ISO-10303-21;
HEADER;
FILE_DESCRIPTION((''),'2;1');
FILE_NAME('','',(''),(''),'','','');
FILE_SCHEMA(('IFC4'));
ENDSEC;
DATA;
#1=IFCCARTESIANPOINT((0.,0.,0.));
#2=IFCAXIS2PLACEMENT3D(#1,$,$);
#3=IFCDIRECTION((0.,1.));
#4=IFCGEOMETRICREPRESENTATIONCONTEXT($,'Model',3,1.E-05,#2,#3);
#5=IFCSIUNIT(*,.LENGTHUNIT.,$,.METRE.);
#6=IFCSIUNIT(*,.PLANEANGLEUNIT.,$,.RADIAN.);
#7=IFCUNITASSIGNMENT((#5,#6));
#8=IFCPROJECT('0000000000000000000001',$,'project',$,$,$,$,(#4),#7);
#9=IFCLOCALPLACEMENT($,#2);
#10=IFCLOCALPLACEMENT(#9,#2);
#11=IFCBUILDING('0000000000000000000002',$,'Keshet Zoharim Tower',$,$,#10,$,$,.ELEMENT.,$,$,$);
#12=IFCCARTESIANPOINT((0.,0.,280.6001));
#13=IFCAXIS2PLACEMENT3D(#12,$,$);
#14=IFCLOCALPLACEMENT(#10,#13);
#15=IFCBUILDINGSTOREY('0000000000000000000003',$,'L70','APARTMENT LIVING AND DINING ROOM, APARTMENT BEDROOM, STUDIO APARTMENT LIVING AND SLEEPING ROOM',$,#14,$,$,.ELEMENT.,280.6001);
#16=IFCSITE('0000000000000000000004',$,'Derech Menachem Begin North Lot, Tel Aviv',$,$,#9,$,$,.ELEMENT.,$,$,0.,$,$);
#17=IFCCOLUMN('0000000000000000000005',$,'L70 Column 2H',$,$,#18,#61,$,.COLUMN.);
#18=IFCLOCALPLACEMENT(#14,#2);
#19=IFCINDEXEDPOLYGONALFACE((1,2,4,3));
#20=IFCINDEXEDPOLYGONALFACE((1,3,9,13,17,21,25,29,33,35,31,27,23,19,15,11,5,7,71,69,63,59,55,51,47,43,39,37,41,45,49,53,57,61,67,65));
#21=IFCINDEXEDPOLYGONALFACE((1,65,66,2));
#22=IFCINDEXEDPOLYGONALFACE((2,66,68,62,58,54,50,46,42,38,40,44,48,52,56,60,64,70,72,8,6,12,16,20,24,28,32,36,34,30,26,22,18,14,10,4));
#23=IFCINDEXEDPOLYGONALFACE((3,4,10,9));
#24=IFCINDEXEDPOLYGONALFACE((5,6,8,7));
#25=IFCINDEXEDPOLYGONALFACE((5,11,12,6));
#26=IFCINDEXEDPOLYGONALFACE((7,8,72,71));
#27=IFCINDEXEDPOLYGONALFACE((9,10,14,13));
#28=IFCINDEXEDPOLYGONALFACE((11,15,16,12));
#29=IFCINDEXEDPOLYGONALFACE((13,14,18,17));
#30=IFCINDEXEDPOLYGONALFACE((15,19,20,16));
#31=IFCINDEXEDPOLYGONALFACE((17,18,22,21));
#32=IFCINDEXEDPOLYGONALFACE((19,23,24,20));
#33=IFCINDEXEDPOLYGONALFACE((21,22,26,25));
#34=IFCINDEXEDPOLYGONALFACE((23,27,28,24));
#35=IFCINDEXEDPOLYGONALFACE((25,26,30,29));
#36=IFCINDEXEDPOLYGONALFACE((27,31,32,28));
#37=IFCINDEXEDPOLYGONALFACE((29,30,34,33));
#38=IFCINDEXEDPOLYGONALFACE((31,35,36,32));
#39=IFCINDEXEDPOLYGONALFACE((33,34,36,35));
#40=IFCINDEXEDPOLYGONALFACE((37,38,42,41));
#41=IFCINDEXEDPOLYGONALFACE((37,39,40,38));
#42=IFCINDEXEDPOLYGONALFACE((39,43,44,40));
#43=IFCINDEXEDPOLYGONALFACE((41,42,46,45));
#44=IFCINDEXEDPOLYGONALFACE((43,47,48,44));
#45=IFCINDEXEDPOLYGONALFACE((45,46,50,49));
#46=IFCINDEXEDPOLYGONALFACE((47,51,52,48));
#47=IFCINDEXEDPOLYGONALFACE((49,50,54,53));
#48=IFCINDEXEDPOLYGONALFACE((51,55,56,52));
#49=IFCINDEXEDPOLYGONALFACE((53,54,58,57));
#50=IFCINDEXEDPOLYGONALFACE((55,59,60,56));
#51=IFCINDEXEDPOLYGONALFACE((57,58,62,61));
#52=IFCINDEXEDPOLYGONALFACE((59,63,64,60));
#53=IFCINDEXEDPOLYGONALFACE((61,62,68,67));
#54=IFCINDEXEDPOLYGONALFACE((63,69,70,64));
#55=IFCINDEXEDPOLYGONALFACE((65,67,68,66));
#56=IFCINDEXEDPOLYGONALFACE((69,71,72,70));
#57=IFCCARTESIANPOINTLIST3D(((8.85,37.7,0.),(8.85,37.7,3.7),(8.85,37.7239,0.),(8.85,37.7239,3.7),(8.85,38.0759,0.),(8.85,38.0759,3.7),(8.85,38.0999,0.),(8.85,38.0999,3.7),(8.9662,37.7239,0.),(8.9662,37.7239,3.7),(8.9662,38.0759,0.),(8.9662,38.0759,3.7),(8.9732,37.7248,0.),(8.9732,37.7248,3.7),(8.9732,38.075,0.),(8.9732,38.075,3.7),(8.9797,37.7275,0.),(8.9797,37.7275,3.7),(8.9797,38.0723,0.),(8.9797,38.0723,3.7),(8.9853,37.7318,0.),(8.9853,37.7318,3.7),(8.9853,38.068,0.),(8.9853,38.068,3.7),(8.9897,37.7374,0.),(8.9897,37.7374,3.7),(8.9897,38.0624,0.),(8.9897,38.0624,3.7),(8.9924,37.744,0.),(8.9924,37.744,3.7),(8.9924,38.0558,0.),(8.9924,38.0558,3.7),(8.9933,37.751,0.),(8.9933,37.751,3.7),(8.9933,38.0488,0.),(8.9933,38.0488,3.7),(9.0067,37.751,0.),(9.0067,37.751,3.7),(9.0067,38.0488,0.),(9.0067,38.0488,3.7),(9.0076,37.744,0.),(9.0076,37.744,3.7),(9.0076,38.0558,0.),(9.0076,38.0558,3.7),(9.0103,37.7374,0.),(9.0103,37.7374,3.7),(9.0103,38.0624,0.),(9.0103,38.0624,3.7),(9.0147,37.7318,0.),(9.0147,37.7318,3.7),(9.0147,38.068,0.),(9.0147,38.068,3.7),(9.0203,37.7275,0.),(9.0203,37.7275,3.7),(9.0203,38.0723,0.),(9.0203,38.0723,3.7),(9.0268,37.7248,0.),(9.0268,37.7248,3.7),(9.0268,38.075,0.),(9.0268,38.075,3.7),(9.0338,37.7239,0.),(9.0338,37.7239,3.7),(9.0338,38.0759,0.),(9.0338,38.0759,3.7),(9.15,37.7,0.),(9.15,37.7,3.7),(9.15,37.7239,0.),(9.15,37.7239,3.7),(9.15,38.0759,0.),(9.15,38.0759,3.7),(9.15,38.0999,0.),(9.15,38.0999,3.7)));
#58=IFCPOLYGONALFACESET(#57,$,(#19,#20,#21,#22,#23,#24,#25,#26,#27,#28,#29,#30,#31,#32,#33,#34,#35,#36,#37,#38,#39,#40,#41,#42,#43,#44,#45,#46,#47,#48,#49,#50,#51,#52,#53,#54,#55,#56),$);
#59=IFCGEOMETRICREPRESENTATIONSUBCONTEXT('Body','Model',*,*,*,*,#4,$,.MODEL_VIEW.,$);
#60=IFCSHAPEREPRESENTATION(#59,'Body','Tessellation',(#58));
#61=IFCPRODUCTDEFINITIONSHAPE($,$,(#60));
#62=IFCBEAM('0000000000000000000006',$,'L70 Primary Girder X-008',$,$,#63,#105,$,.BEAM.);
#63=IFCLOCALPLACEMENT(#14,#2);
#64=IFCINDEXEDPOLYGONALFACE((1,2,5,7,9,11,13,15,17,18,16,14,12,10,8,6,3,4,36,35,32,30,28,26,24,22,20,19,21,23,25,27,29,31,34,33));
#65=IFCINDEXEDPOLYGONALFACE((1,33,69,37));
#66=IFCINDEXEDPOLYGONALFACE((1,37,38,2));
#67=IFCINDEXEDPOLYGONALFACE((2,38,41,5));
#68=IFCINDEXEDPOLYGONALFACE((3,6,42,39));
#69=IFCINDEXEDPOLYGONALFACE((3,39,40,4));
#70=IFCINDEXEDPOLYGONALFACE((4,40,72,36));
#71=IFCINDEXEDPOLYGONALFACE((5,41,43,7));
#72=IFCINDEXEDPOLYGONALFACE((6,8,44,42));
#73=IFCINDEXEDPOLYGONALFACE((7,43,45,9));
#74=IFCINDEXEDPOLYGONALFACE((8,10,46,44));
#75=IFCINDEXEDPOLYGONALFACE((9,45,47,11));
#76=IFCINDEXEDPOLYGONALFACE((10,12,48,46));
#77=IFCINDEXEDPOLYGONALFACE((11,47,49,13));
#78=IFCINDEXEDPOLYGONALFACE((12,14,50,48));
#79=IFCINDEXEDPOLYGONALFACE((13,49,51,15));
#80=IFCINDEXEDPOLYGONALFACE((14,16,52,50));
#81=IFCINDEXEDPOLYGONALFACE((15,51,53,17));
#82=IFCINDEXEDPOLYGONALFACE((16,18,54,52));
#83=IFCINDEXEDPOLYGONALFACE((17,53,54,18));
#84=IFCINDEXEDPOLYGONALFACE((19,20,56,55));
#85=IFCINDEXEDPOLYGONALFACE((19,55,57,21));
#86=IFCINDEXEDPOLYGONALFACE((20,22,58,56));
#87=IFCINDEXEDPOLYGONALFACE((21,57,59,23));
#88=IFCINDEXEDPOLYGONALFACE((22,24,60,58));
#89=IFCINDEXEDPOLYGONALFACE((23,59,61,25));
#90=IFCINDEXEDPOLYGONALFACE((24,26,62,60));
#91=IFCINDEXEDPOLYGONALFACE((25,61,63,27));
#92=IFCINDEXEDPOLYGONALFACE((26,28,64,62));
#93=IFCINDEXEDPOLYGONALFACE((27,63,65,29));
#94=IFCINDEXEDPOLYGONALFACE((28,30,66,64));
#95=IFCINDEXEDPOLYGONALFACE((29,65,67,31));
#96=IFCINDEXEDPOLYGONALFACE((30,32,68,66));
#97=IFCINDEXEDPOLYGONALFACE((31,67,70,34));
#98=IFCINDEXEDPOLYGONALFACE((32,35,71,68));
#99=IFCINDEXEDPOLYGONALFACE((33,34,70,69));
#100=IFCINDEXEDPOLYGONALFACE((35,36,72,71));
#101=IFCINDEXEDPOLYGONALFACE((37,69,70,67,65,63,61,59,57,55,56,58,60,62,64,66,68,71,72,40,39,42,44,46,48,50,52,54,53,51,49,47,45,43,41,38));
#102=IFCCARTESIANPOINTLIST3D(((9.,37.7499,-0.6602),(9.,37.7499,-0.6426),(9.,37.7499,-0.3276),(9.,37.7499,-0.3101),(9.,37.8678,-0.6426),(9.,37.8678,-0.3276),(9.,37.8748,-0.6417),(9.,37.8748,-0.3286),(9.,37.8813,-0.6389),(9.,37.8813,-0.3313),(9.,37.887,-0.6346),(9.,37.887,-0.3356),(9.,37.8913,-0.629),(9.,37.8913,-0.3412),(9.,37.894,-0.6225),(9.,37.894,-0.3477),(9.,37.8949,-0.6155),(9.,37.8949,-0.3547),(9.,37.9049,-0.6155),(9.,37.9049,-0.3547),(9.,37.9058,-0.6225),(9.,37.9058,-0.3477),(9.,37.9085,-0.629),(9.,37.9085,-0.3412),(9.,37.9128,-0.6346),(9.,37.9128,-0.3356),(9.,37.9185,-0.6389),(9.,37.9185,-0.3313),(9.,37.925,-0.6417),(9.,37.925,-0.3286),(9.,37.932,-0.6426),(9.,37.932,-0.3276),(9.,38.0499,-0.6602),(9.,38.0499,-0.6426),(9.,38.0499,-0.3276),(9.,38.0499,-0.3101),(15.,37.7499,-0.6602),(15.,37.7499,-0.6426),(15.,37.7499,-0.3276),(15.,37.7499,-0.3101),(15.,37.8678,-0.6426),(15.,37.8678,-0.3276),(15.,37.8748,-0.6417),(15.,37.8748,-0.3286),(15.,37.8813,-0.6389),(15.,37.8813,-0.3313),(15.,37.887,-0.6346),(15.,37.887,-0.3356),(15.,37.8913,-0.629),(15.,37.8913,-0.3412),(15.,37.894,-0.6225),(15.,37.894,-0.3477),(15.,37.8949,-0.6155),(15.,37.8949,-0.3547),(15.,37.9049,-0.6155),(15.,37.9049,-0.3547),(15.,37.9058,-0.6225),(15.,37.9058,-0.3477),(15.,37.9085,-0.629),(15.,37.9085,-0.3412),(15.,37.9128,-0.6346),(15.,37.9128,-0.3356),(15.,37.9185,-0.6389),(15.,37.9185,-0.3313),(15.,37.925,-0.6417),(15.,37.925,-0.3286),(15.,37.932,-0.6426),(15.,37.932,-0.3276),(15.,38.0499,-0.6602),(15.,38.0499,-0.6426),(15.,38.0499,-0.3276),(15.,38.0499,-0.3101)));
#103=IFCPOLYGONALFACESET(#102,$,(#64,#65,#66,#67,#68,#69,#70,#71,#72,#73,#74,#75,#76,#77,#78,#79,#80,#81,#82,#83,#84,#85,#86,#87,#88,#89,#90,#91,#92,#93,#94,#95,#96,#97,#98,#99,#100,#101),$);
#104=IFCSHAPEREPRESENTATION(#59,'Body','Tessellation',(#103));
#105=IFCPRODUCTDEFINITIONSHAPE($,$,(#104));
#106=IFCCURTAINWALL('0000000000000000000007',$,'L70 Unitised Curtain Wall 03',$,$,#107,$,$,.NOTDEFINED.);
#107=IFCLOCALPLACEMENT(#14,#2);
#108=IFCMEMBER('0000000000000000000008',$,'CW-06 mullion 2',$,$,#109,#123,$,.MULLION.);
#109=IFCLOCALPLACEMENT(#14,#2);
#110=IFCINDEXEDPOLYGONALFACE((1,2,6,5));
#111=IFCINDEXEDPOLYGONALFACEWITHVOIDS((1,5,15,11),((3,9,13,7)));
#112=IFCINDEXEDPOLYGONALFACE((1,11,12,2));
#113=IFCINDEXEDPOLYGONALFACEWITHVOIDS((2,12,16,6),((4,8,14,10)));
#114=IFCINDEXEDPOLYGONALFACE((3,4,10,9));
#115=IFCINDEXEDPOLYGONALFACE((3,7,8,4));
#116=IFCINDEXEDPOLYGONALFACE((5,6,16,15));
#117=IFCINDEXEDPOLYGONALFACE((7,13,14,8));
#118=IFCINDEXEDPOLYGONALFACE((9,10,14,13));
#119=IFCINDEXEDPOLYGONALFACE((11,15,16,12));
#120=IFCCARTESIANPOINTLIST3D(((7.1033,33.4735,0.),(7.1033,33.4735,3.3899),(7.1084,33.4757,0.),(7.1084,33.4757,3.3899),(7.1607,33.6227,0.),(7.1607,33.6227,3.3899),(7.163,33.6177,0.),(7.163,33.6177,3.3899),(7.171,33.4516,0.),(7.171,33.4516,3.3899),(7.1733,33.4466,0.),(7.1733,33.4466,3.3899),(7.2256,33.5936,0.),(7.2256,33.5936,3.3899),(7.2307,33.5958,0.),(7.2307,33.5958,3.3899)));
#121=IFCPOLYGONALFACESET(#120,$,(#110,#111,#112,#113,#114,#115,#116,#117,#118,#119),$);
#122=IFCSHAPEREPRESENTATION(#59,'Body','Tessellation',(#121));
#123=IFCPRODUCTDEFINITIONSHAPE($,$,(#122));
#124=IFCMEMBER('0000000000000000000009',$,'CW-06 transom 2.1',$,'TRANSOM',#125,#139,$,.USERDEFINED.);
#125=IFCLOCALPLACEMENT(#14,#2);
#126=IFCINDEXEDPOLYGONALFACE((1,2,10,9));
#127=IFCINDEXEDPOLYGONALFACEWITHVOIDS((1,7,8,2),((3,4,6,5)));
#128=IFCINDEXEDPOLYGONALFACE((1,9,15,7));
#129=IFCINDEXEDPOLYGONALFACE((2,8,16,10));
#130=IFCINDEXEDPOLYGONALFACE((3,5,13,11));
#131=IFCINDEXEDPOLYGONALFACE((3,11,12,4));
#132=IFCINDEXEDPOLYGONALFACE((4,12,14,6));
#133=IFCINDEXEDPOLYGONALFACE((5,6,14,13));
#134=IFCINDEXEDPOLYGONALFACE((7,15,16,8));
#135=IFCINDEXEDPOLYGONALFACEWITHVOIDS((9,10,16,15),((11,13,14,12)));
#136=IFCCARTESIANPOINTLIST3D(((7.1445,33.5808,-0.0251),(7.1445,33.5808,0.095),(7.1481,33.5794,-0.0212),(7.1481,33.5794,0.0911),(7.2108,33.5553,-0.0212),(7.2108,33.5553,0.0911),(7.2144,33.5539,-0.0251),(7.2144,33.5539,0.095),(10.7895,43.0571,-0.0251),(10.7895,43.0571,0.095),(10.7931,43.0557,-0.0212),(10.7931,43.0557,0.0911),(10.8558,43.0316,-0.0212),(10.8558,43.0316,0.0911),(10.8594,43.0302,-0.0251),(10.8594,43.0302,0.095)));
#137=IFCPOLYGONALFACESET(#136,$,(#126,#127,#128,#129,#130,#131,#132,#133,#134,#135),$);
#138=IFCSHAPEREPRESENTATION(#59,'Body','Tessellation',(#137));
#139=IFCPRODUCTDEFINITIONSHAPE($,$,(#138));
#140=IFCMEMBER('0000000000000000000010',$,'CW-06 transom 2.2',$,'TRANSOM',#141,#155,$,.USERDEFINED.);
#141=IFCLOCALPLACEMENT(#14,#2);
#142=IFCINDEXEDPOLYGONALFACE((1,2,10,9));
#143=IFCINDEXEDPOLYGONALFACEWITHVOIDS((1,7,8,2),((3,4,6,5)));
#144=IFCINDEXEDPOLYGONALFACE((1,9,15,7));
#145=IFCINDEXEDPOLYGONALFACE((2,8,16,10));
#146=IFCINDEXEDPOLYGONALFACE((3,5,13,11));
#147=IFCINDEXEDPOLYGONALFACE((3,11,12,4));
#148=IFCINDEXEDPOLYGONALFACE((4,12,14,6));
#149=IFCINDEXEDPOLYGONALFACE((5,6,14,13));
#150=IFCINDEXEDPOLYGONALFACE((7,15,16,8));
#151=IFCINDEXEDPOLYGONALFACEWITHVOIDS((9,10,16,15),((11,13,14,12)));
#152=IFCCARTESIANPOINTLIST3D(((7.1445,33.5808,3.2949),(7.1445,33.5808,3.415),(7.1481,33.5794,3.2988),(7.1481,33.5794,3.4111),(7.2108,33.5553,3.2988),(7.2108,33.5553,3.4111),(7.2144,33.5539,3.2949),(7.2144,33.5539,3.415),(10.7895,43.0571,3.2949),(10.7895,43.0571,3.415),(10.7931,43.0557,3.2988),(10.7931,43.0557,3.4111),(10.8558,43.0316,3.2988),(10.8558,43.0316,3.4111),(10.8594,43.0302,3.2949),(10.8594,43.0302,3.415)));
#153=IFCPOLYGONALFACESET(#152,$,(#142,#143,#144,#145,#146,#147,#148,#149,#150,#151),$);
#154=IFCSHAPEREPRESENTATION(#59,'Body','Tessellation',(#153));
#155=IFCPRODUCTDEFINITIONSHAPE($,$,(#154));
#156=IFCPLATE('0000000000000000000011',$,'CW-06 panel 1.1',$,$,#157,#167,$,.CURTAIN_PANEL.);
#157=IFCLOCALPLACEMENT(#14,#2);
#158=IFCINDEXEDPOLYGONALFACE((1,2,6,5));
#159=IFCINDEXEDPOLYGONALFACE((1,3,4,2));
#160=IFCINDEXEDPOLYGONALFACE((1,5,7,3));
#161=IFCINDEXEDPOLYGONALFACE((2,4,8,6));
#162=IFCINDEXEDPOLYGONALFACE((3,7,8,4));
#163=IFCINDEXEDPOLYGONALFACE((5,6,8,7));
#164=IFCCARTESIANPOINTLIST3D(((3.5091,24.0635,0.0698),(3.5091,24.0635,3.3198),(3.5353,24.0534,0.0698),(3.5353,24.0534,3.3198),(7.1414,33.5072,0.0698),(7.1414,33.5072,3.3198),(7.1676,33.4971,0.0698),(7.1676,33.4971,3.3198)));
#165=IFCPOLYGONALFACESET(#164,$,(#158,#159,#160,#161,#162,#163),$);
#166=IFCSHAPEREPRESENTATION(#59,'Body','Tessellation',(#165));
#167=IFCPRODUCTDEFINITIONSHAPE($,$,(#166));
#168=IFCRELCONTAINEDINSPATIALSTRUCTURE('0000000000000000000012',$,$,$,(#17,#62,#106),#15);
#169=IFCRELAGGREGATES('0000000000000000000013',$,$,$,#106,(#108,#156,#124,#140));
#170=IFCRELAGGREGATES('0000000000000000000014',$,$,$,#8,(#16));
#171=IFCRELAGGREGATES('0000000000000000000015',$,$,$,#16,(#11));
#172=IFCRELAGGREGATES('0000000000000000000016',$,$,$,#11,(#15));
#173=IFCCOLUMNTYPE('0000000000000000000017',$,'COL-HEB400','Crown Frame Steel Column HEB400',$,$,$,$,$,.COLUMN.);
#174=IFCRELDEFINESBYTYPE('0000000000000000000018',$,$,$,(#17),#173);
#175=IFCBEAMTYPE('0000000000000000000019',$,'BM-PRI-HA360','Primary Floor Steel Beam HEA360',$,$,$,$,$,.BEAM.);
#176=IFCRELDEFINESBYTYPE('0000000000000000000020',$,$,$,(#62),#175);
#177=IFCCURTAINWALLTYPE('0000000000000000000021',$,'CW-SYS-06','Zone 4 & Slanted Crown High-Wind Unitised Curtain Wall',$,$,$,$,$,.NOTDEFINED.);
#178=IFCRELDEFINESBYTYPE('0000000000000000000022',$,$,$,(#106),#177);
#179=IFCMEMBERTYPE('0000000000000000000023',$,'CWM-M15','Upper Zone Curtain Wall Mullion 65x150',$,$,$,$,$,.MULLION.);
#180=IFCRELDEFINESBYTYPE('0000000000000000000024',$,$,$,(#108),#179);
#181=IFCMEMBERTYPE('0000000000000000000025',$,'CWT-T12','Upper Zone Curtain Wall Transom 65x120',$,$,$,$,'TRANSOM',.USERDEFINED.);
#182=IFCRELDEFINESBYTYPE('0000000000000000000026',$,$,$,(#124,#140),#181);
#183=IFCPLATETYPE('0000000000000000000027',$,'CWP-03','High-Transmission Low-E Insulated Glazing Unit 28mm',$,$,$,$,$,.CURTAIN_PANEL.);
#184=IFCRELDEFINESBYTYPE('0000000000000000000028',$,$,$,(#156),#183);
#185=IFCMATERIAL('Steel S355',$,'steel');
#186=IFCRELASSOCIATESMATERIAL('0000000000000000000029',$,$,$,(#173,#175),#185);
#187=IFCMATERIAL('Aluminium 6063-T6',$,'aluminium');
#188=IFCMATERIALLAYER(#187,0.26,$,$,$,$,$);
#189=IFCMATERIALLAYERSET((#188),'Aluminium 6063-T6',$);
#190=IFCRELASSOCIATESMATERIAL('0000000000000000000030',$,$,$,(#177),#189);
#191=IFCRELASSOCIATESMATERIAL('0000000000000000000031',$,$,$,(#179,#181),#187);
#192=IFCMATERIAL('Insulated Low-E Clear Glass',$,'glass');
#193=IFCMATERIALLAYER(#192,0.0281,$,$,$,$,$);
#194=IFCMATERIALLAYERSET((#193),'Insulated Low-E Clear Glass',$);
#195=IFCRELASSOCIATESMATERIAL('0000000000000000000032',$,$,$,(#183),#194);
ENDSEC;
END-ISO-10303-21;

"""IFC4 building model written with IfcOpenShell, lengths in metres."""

from ifc_helpers import new_model, si_unit, direction, frame, origin, origin_2d, place, context, subcontext, project, spatial, rectangle, hollow_rectangle, i_section, extrude, material, layer, layer_set, material_profile, profile_set, type_object, element, aggregate, save


model = new_model("IFC4")

# Units and contexts
model_context = context("Model", 3, precision=1e-05, world=origin(), true_north=direction((0.0, 1.0)))
body_context = subcontext(model_context, "Body", "Model", "MODEL_VIEW")
ifc_project = project(units=[si_unit("LENGTHUNIT", "METRE"), si_unit("PLANEANGLEUNIT", "RADIAN")], contexts=[model_context])

# Site, building, storey
site_placement = place(None, origin())
site = spatial("IfcSite", under=ifc_project, at=site_placement, Name="Derech Menachem Begin North Lot, Tel Aviv", CompositionType="ELEMENT", RefElevation=0.0)
building_placement = place(site_placement, origin())
building = spatial("IfcBuilding", under=site, at=building_placement, Name="Keshet Zoharim Tower", CompositionType="ELEMENT")
storey_placement = place(building_placement, frame((0.0, 0.0, 280.6001)))
storey = spatial("IfcBuildingStorey", under=building, at=storey_placement, Name="L70", Description="APARTMENT LIVING AND DINING ROOM, APARTMENT BEDROOM, STUDIO APARTMENT LIVING AND SLEEPING ROOM", CompositionType="ELEMENT", Elevation=280.6001)

# Column
ifc_material_1 = material(Name="Steel S355", Category="steel")
ifc_material_profile_1 = material_profile(ifc_material_1, i_section(OverallWidth=0.3, OverallDepth=0.3999, WebThickness=0.0134, FlangeThickness=0.0239, FilletRadius=0.0271, at=origin_2d()), Name="HEB400")
ifc_profile_set_1 = profile_set([ifc_material_profile_1], Name="Steel S355")
column_type = type_object("IfcColumnType", Name="COL-HEB400", Description="Crown Frame Steel Column HEB400", PredefinedType="COLUMN", material=ifc_profile_set_1)
column_placement = place(storey_placement, frame((9.0, 37.8999, 0.0), z_axis=(0.0, 0.0, 1.0), x_axis=(1.0, 0.0, 0.0)))
element("IfcColumn", 1, at=column_placement, inside=storey, type_object=column_type, Name="L70 Column 2H", PredefinedType="COLUMN", context=body_context, shape_type="SweptSolid", body=[
    extrude(i_section(OverallWidth=0.3, OverallDepth=0.3999, WebThickness=0.0134, FlangeThickness=0.0239, FilletRadius=0.0271, at=origin_2d()), origin(), (0.0, 0.0, 1.0), 3.7),
])

# Beam
ifc_material_profile_2 = material_profile(ifc_material_1, i_section(OverallWidth=0.3, OverallDepth=0.3501, WebThickness=0.01, FlangeThickness=0.0176, FilletRadius=0.0271, at=origin_2d()), Name="HEA360")
ifc_profile_set_2 = profile_set([ifc_material_profile_2], Name="Steel S355")
beam_type = type_object("IfcBeamType", Name="BM-PRI-HA360", Description="Primary Floor Steel Beam HEA360", PredefinedType="BEAM", material=ifc_profile_set_2)
beam_placement = place(storey_placement, frame((9.0, 37.8999, -0.4851), z_axis=(1.0, 0.0, 0.0), x_axis=(0.0, 1.0, 0.0)))
element("IfcBeam", 2, at=beam_placement, inside=storey, type_object=beam_type, Name="L70 Primary Girder X-008", PredefinedType="BEAM", context=body_context, shape_type="SweptSolid", body=[
    extrude(i_section(OverallWidth=0.3, OverallDepth=0.3501, WebThickness=0.01, FlangeThickness=0.0176, FilletRadius=0.0271, at=origin_2d()), origin(), (0.0, 0.0, 1.0), 6.0),
])

# Curtain wall, members, plate
ifc_material_2 = material(Name="Aluminium 6063-T6", Category="aluminium")
ifc_layer_1 = layer(ifc_material_2, 0.26)
ifc_layer_set_1 = layer_set([ifc_layer_1], Name="Aluminium 6063-T6")
curtain_wall_type = type_object("IfcCurtainWallType", Name="CW-SYS-06", Description="Zone 4 & Slanted Crown High-Wind Unitised Curtain Wall", PredefinedType="NOTDEFINED", material=ifc_layer_set_1)
curtain_wall_placement = place(storey_placement, origin())
curtain_wall = element("IfcCurtainWall", 3, at=curtain_wall_placement, inside=storey, type_object=curtain_wall_type, Name="L70 Unitised Curtain Wall 03", PredefinedType="NOTDEFINED")
ifc_material_profile_3 = material_profile(ifc_material_2, hollow_rectangle(XDim=0.075, YDim=0.1599, WallThickness=0.0039, at=origin_2d()), Name="MUL-75x160")
ifc_profile_set_3 = profile_set([ifc_material_profile_3], Name="Aluminium 6063-T6")
member_type_1 = type_object("IfcMemberType", Name="CWM-M15", Description="Upper Zone Curtain Wall Mullion 65x150", PredefinedType="MULLION", material=ifc_profile_set_3)
member_1_placement = place(storey_placement, frame((7.167, 33.5347, 0.0), z_axis=(0.0, 0.0, 1.0), x_axis=(-0.933341, 0.35899, 0.0)))
member_1 = element("IfcMember", 4, at=member_1_placement, type_object=member_type_1, Name="CW-06 mullion 2", PredefinedType="MULLION", context=body_context, shape_type="SweptSolid", body=[
    extrude(hollow_rectangle(XDim=0.075, YDim=0.1599, WallThickness=0.0039, at=origin_2d()), origin(), (0.0, 0.0, 1.0), 3.3899),
])
ifc_material_profile_4 = material_profile(ifc_material_2, hollow_rectangle(XDim=0.075, YDim=0.1201, WallThickness=0.0039, at=origin_2d()), Name="TRN-75x120")
ifc_profile_set_4 = profile_set([ifc_material_profile_4], Name="Aluminium 6063-T6")
member_type_2 = type_object("IfcMemberType", Name="CWT-T12", Description="Upper Zone Curtain Wall Transom 65x120", ElementType="TRANSOM", PredefinedType="USERDEFINED", material=ifc_profile_set_4)
member_2_placement = place(storey_placement, frame((7.1794, 33.5674, 0.0349), z_axis=(0.359003, 0.933336, 0.0), x_axis=(-0.933336, 0.359003, 0.0)))
member_2 = element("IfcMember", 5, at=member_2_placement, type_object=member_type_2, Name="CW-06 transom 2.1", ObjectType="TRANSOM", PredefinedType="USERDEFINED", context=body_context, shape_type="SweptSolid", body=[
    extrude(hollow_rectangle(XDim=0.075, YDim=0.1201, WallThickness=0.0039, at=origin_2d()), origin(), (0.0, 0.0, 1.0), 10.1531),
])
member_3_placement = place(storey_placement, frame((7.1794, 33.5674, 3.355), z_axis=(0.359003, 0.933336, 0.0), x_axis=(-0.933336, 0.359003, 0.0)))
member_3 = element("IfcMember", 6, at=member_3_placement, type_object=member_type_2, Name="CW-06 transom 2.2", ObjectType="TRANSOM", PredefinedType="USERDEFINED", context=body_context, shape_type="SweptSolid", body=[
    extrude(hollow_rectangle(XDim=0.075, YDim=0.1201, WallThickness=0.0039, at=origin_2d()), origin(), (0.0, 0.0, 1.0), 10.1531),
])
ifc_material_3 = material(Name="Insulated Low-E Clear Glass", Category="glass")
ifc_layer_2 = layer(ifc_material_3, 0.0281)
ifc_layer_set_2 = layer_set([ifc_layer_2], Name="Insulated Low-E Clear Glass")
plate_type = type_object("IfcPlateType", Name="CWP-03", Description="High-Transmission Low-E Insulated Glazing Unit 28mm", PredefinedType="CURTAIN_PANEL", material=ifc_layer_set_2)
plate_placement = place(storey_placement, frame((5.3384, 28.7803, 0.0698), z_axis=(0.0, 0.0, 1.0), x_axis=(0.35899, 0.933341, 0.0)))
plate = element("IfcPlate", 7, at=plate_placement, type_object=plate_type, Name="CW-06 panel 1.1", PredefinedType="CURTAIN_PANEL", context=body_context, shape_type="SweptSolid", body=[
    extrude(rectangle(XDim=10.1182, YDim=0.0281, at=origin_2d()), origin(), (0.0, 0.0, 1.0), 3.25),
])
aggregate(curtain_wall, [member_1, plate, member_2, member_3])

save(model, "model.ifc")
